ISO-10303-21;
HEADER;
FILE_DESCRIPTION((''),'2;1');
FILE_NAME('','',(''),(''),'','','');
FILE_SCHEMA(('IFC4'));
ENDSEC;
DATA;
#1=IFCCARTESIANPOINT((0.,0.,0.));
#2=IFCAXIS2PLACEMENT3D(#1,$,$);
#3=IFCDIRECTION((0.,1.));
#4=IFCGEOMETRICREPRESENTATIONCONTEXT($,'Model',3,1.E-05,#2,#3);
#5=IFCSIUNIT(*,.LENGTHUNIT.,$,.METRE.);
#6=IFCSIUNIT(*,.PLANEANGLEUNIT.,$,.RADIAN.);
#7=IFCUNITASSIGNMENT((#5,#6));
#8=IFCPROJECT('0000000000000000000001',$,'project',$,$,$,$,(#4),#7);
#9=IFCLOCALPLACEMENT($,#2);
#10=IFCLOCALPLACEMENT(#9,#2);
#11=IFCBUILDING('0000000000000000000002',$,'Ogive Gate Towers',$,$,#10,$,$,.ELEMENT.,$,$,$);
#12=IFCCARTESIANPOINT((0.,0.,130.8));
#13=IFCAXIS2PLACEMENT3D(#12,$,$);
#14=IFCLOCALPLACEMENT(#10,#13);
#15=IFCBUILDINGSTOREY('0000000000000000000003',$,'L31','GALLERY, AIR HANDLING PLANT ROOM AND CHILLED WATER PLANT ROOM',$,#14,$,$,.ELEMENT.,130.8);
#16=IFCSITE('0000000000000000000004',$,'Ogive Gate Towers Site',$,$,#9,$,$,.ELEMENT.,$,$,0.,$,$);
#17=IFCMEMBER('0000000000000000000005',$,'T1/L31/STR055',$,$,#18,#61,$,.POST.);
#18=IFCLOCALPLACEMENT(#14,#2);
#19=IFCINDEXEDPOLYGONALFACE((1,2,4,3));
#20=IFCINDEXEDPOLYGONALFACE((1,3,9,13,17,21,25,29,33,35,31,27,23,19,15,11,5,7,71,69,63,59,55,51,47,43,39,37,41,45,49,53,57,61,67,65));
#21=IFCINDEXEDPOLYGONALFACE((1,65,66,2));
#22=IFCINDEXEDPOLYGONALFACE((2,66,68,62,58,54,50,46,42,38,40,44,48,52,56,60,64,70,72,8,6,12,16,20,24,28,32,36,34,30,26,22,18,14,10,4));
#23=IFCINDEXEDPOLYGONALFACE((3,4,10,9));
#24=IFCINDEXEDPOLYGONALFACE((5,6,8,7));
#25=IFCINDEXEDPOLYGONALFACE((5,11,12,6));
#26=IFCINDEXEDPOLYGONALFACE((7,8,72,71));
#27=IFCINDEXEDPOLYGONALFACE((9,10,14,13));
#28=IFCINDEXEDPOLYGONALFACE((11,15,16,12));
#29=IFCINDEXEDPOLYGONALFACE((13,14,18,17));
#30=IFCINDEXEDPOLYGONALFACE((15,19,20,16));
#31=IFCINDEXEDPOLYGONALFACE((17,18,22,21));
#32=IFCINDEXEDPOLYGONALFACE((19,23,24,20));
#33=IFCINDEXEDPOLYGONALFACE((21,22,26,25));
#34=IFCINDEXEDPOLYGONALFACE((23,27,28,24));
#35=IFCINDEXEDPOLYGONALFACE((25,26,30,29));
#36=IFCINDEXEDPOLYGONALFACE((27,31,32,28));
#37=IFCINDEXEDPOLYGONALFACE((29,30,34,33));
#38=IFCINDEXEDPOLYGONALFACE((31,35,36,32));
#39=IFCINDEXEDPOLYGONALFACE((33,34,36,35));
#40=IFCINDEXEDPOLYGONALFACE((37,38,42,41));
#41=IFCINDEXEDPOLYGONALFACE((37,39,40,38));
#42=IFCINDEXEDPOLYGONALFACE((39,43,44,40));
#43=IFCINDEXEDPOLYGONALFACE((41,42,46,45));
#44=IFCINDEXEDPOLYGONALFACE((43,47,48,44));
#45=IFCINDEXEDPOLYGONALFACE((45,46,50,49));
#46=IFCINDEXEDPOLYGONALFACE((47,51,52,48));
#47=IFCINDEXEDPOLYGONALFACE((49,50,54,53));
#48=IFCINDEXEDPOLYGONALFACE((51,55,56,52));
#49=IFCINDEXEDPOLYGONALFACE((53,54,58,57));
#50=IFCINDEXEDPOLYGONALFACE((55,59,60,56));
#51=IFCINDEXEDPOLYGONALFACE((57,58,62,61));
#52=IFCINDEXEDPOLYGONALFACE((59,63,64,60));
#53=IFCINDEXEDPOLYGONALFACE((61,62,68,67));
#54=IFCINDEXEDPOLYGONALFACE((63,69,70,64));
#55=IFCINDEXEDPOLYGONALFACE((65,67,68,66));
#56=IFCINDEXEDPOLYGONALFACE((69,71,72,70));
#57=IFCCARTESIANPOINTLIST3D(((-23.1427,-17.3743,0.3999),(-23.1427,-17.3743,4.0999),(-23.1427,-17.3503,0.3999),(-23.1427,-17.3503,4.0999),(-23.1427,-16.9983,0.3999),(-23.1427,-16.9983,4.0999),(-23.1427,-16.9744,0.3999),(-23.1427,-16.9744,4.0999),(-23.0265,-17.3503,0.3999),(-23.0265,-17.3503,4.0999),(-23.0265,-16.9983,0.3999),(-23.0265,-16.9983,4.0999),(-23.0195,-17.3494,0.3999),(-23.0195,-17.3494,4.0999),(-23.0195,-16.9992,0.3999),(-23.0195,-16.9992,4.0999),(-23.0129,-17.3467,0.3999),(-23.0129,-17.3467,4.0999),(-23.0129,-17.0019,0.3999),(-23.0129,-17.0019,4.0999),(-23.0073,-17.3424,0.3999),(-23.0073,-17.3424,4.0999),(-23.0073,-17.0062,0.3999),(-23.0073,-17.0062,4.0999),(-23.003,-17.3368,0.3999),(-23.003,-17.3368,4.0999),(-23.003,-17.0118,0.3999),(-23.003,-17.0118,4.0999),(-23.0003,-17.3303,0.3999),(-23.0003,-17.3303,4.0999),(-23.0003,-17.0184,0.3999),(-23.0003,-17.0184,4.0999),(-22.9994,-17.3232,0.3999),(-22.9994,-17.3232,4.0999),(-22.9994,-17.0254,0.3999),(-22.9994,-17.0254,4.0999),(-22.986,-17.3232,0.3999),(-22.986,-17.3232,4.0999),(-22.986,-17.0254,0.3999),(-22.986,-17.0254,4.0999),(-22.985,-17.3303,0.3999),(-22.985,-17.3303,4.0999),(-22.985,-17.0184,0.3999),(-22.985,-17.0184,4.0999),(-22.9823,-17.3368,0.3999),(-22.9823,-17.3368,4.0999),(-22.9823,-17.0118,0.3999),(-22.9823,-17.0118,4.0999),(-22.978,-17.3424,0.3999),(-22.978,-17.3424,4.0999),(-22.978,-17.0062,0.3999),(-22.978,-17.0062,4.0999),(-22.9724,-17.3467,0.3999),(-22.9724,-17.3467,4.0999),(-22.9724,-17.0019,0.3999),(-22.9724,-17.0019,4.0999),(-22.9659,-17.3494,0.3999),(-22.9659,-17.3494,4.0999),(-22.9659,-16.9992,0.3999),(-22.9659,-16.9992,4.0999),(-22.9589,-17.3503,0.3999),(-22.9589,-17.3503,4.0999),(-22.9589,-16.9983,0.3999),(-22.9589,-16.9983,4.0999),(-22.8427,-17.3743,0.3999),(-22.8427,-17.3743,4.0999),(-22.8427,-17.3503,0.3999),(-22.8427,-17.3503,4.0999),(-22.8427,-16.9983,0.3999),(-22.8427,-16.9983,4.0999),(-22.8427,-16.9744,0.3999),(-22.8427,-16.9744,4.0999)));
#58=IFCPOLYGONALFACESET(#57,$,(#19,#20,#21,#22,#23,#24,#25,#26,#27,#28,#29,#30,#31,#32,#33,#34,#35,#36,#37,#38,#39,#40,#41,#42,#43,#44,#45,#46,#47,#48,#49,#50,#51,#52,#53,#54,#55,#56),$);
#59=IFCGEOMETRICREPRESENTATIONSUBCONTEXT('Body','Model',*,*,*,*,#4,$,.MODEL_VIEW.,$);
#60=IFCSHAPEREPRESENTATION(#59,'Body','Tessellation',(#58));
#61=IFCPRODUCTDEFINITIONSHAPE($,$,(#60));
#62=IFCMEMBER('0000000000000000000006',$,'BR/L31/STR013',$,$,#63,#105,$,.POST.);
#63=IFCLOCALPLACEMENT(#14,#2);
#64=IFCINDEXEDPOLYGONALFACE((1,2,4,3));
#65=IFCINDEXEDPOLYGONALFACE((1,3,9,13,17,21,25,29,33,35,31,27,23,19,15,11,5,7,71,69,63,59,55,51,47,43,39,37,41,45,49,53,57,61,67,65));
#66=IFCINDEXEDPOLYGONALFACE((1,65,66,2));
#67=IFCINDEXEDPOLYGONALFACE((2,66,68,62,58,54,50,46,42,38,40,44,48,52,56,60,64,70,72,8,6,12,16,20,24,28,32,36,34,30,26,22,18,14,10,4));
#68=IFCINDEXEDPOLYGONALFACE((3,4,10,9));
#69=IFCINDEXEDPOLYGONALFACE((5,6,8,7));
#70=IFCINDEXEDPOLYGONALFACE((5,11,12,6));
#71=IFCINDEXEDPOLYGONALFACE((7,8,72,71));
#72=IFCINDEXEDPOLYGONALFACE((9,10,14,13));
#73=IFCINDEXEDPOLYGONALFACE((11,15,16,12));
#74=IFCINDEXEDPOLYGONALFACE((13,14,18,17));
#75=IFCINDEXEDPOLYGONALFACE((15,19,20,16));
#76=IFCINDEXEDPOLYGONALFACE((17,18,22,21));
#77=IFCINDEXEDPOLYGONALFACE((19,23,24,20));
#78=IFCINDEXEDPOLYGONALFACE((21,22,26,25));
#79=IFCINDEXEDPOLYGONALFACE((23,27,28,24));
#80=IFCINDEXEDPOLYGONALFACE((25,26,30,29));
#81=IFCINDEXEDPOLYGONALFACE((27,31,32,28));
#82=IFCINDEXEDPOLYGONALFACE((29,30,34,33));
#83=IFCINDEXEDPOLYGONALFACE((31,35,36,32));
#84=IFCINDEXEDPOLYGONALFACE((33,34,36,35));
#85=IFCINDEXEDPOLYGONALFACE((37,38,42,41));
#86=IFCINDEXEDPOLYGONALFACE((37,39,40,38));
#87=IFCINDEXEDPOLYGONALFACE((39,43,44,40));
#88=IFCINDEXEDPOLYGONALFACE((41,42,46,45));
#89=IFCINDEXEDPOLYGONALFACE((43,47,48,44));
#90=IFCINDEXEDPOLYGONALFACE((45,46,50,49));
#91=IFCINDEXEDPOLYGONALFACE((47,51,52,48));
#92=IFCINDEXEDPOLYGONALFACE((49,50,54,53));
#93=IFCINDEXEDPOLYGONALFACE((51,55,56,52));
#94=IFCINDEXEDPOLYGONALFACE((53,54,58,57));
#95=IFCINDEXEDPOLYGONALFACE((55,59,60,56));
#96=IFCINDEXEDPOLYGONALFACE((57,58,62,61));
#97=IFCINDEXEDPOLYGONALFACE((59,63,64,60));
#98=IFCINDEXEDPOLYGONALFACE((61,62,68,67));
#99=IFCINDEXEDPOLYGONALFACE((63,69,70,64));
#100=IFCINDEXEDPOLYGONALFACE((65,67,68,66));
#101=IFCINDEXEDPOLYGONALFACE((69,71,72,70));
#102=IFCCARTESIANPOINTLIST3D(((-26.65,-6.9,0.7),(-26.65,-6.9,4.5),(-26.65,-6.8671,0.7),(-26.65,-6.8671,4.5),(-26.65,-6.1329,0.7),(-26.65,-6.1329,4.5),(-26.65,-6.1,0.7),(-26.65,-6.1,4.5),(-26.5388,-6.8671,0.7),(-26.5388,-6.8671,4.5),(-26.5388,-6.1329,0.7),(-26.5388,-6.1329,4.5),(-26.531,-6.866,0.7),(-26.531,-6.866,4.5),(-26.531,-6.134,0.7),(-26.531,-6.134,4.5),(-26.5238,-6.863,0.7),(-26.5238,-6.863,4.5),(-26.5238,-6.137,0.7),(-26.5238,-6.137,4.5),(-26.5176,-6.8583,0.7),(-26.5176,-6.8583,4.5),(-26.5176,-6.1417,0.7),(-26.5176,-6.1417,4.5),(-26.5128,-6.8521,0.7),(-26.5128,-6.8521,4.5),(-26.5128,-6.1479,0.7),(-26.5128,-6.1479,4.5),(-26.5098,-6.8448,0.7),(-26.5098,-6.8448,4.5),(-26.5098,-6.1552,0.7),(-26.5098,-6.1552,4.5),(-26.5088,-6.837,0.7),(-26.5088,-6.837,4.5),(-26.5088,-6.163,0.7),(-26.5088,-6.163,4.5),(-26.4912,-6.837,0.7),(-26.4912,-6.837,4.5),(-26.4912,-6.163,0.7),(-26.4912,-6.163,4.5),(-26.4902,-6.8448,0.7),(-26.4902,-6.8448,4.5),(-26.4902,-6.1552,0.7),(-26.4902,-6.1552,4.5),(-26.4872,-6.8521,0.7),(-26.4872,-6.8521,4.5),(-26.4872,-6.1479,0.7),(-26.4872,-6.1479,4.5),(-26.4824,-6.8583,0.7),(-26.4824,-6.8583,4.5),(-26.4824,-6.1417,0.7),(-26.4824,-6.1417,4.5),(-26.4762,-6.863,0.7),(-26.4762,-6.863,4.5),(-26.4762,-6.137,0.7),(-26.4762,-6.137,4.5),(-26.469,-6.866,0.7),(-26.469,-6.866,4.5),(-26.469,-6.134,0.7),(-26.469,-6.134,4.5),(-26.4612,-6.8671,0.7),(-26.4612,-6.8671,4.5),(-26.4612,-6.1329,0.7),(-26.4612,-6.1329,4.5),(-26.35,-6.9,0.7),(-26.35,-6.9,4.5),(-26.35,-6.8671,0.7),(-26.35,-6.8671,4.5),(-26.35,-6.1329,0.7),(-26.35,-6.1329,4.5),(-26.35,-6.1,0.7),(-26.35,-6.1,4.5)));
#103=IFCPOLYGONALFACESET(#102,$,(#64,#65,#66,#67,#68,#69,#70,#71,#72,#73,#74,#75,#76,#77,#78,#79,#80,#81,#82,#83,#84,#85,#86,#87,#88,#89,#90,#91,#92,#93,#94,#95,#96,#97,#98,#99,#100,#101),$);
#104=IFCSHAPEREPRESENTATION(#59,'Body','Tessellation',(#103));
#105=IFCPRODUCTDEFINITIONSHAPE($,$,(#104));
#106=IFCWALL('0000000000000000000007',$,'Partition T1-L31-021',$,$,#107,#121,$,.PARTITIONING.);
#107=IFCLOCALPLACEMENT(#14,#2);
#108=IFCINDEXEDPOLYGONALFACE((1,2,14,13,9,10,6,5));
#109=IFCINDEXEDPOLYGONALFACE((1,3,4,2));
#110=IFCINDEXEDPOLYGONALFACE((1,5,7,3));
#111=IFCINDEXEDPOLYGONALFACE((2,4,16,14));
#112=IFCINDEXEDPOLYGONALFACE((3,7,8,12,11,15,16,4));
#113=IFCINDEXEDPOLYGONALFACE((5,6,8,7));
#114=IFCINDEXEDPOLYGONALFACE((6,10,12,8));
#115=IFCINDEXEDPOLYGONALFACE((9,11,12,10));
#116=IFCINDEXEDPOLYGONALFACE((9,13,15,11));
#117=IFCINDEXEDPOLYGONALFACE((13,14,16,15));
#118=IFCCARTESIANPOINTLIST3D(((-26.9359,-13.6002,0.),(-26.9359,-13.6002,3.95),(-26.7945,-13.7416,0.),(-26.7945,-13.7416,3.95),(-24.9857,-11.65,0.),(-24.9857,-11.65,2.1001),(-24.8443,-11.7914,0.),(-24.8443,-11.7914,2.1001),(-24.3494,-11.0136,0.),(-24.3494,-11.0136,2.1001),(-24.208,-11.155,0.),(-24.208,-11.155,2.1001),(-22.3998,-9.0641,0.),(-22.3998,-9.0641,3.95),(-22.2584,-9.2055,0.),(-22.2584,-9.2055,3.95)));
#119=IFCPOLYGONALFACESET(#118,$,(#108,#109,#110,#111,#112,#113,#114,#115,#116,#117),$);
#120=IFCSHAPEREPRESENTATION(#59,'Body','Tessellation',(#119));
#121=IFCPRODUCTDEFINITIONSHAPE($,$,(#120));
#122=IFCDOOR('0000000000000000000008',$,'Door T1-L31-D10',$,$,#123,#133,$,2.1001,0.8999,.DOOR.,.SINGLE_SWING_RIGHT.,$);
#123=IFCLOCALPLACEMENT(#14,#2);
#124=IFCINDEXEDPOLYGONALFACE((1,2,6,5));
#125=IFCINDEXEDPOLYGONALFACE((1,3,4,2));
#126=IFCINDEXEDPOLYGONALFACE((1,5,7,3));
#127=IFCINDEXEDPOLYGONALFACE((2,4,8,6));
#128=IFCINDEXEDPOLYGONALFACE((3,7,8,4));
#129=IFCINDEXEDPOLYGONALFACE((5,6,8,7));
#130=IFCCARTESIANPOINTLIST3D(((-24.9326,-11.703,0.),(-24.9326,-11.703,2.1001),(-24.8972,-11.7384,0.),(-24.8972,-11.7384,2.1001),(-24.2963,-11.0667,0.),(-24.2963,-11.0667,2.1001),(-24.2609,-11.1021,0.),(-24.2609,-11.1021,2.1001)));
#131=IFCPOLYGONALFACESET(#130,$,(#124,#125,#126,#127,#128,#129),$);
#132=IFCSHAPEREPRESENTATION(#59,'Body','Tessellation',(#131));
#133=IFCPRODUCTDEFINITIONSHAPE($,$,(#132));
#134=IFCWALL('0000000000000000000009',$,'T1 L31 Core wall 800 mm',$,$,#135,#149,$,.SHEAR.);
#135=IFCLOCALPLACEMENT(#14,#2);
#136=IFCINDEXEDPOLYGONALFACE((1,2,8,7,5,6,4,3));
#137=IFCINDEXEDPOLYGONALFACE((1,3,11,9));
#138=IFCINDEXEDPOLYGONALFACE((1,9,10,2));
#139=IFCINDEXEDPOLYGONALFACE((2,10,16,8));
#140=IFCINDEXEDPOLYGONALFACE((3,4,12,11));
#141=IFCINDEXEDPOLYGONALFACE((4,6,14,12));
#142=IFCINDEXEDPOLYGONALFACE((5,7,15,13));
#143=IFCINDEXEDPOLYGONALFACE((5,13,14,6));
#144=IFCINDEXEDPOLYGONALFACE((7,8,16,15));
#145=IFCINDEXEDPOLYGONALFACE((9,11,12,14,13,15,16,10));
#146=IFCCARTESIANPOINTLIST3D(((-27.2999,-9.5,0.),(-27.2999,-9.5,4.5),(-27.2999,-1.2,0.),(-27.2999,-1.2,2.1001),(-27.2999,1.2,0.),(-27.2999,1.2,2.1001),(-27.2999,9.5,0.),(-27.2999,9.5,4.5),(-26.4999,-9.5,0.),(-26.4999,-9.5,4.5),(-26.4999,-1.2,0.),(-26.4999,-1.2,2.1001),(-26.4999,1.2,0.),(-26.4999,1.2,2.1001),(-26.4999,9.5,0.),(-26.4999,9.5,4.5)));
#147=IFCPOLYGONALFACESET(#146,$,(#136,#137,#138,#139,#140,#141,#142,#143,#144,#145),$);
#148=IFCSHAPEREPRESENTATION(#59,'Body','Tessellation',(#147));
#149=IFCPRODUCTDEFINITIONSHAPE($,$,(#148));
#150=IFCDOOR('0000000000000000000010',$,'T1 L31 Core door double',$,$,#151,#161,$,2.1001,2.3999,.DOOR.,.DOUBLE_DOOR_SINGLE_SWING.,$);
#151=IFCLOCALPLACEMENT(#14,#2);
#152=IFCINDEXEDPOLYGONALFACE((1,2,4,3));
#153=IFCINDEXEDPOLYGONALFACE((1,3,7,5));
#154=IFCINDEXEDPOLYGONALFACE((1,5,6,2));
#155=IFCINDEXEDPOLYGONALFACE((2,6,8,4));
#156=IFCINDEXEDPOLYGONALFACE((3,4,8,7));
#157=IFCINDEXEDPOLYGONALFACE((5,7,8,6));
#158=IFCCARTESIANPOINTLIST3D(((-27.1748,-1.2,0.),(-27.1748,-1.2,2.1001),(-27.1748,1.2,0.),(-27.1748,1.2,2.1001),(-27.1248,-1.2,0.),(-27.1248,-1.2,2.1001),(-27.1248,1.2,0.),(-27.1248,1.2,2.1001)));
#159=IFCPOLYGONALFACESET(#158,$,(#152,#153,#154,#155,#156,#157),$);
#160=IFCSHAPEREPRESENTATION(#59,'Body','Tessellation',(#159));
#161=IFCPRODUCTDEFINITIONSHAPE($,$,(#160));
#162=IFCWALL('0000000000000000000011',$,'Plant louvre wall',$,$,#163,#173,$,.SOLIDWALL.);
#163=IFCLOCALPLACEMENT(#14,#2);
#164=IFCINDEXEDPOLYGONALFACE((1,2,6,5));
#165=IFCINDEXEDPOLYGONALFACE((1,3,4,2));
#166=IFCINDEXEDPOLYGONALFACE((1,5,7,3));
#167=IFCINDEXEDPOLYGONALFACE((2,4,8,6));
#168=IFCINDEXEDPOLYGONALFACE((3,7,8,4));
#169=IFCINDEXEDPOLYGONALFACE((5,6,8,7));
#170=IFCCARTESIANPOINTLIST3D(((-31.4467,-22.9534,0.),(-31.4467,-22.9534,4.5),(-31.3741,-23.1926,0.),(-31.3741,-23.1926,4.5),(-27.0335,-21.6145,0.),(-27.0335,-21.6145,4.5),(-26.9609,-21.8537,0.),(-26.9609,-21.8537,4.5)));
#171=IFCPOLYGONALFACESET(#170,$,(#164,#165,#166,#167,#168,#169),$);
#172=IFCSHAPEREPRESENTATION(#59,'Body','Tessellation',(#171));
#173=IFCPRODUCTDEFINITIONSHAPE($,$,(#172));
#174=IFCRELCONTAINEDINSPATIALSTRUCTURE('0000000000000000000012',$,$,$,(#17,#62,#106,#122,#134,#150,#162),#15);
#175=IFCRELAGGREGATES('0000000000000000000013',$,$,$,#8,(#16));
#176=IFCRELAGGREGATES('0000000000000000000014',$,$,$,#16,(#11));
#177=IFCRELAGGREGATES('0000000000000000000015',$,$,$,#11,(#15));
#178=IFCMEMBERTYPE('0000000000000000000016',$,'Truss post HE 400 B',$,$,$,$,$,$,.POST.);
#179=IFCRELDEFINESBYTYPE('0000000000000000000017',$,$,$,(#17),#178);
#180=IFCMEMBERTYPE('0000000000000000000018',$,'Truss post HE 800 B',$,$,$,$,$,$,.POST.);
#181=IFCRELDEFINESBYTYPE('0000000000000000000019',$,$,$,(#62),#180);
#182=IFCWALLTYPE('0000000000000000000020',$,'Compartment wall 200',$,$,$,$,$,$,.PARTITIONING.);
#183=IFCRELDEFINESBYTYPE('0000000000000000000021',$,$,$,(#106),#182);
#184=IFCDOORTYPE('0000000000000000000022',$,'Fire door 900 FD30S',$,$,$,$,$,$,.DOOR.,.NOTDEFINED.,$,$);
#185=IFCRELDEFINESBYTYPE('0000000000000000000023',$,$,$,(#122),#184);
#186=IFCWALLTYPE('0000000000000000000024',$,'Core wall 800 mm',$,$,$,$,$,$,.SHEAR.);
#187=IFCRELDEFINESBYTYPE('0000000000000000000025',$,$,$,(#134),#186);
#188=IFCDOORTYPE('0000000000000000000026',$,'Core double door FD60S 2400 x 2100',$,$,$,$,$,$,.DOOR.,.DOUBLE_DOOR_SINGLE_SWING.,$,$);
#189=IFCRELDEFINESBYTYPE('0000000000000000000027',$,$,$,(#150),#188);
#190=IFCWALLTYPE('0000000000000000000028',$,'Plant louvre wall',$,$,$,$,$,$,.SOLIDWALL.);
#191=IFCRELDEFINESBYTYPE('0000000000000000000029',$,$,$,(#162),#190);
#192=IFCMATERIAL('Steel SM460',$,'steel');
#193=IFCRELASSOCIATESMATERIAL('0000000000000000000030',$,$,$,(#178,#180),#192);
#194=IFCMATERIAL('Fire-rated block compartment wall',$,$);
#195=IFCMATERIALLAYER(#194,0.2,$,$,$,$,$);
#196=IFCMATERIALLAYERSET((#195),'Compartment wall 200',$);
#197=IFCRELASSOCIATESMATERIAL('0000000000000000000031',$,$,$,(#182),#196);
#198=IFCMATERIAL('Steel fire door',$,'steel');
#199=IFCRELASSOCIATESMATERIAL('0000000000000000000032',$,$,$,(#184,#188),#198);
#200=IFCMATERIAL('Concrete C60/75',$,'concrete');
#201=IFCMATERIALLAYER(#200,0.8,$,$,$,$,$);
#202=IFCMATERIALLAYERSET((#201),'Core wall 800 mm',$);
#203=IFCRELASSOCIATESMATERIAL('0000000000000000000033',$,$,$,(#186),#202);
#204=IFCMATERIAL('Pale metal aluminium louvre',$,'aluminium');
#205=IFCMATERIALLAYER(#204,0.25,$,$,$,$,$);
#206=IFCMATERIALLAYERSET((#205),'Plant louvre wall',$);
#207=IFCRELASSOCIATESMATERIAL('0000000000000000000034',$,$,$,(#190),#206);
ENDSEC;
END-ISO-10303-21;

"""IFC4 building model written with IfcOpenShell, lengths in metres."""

from ifc_helpers import new_model, si_unit, direction, frame, frame_2d, origin, origin_2d, place, context, subcontext, project, spatial, rectangle, i_section, extrude, material, layer, layer_set, material_profile, profile_set, type_object, element, fill, save


model = new_model("IFC4")

# Units and contexts
model_context = context("Model", 3, precision=1e-05, world=origin(), true_north=direction((0.0, 1.0)))
body_context = subcontext(model_context, "Body", "Model", "MODEL_VIEW")
ifc_project = project(units=[si_unit("LENGTHUNIT", "METRE"), si_unit("PLANEANGLEUNIT", "RADIAN")], contexts=[model_context])

# Site, building, storey
site_placement = place(None, origin())
site = spatial("IfcSite", under=ifc_project, at=site_placement, Name="Ogive Gate Towers Site", CompositionType="ELEMENT", RefElevation=0.0)
building_placement = place(site_placement, origin())
building = spatial("IfcBuilding", under=site, at=building_placement, Name="Ogive Gate Towers", CompositionType="ELEMENT")
storey_placement = place(building_placement, frame((0.0, 0.0, 130.8)))
storey = spatial("IfcBuildingStorey", under=building, at=storey_placement, Name="L31", Description="GALLERY, AIR HANDLING PLANT ROOM AND CHILLED WATER PLANT ROOM", CompositionType="ELEMENT", Elevation=130.8)

# Shared definitions
ifc_material_1 = material(Name="Steel SM460", Category="steel")

# Members
ifc_material_profile_1 = material_profile(ifc_material_1, i_section(OverallWidth=0.3, OverallDepth=0.3999, WebThickness=0.0134, FlangeThickness=0.0239, FilletRadius=0.0271, at=origin_2d()), Name="HE 400 B")
ifc_profile_set_1 = profile_set([ifc_material_profile_1], Name="Steel SM460")
member_type_1 = type_object("IfcMemberType", Name="Truss post HE 400 B", PredefinedType="POST", material=ifc_profile_set_1)
for number, where, z_axis, x_axis, name in (
    (1, (-22.9927, -17.1743, 0.3999), (0.0, 0.0, 1.0), (1.0, 0.0, 0.0), "T1/L31/STR055"),
):
    element("IfcMember", number, at=place(storey_placement, frame(where, z_axis=z_axis, x_axis=x_axis)), inside=storey, type_object=member_type_1, Name=name, PredefinedType="POST", context=body_context, shape_type="SweptSolid", body=[
        extrude(i_section(OverallWidth=0.3, OverallDepth=0.3999, WebThickness=0.0134, FlangeThickness=0.0239, FilletRadius=0.0271, at=origin_2d()), origin(), (0.0, 0.0, 1.0), 3.7),
    ])
ifc_material_profile_2 = material_profile(ifc_material_1, i_section(OverallWidth=0.3, OverallDepth=0.8, WebThickness=0.0176, FlangeThickness=0.033, FilletRadius=0.03, at=origin_2d()), Name="HE 800 B")
ifc_profile_set_2 = profile_set([ifc_material_profile_2], Name="Steel SM460")
member_type_2 = type_object("IfcMemberType", Name="Truss post HE 800 B", PredefinedType="POST", material=ifc_profile_set_2)
member_1_placement = place(storey_placement, frame((-26.5, -6.5, 0.7), z_axis=(0.0, 0.0, 1.0), x_axis=(1.0, 0.0, 0.0)))
element("IfcMember", 2, at=member_1_placement, inside=storey, type_object=member_type_2, Name="BR/L31/STR013", PredefinedType="POST", context=body_context, shape_type="SweptSolid", body=[
    extrude(i_section(OverallWidth=0.3, OverallDepth=0.8, WebThickness=0.0176, FlangeThickness=0.033, FilletRadius=0.03, at=origin_2d()), origin(), (0.0, 0.0, 1.0), 3.8),
])

# Walls, openings, doors
ifc_material_2 = material(Name="Fire-rated block compartment wall")
ifc_layer_1 = layer(ifc_material_2, 0.2)
ifc_layer_set_1 = layer_set([ifc_layer_1], Name="Compartment wall 200")
wall_type_1 = type_object("IfcWallType", Name="Compartment wall 200", PredefinedType="PARTITIONING", material=ifc_layer_set_1)
wall_1_placement = place(storey_placement, frame((-26.8652, -13.6709, 0.0), z_axis=(0.0, 0.0, 1.0), x_axis=(0.707107, 0.707107, 0.0)))
wall_1 = element("IfcWall", 3, at=wall_1_placement, inside=storey, type_object=wall_type_1, Name="Partition T1-L31-021", PredefinedType="PARTITIONING", context=body_context, shape_type="SweptSolid", body=[
    extrude(rectangle(XDim=6.415, YDim=0.2, at=frame_2d((3.2075, 0.0))), origin(), (0.0, 0.0, 1.0), 3.95),
])
opening_1_placement = place(wall_1_placement, frame((2.7581, 0.0, 0.0)))
opening_1 = element("IfcOpeningElement", 4, at=opening_1_placement, cuts=wall_1, PredefinedType="OPENING", context=body_context, shape_type="SweptSolid", body=[
    extrude(rectangle(XDim=0.8999, YDim=2.1001, at=frame_2d((0.45, 1.05))), frame((0.0, 0.1099, 0.0), z_axis=(0.0, -1.0, 0.0), x_axis=(1.0, 0.0, 0.0)), (0.0, 0.0, 1.0), 0.22),
])
ifc_material_3 = material(Name="Steel fire door", Category="steel")
door_type_1 = type_object("IfcDoorType", Name="Fire door 900 FD30S", OperationType="NOTDEFINED", PredefinedType="DOOR", material=ifc_material_3)
door_1_placement = place(opening_1_placement, origin())
door_1 = element("IfcDoor", 5, at=door_1_placement, inside=storey, type_object=door_type_1, Name="Door T1-L31-D10", OperationType="SINGLE_SWING_RIGHT", OverallHeight=2.1001, OverallWidth=0.8999, PredefinedType="DOOR", context=body_context, shape_type="SweptSolid", body=[
    extrude(rectangle(XDim=0.8999, YDim=2.1001, at=frame_2d((0.45, 1.05))), frame((0.0, 0.0249, 0.0), z_axis=(0.0, -1.0, 0.0), x_axis=(1.0, 0.0, 0.0)), (0.0, 0.0, 1.0), 0.05),
])
fill(opening_1, door_1)
ifc_material_4 = material(Name="Concrete C60/75", Category="concrete")
ifc_layer_2 = layer(ifc_material_4, 0.8)
ifc_layer_set_2 = layer_set([ifc_layer_2], Name="Core wall 800 mm")
wall_type_2 = type_object("IfcWallType", Name="Core wall 800 mm", PredefinedType="SHEAR", material=ifc_layer_set_2)
wall_2_placement = place(storey_placement, frame((-26.8999, -9.5, 0.0), z_axis=(0.0, 0.0, 1.0), x_axis=(0.0, 1.0, 0.0)))
wall_2 = element("IfcWall", 6, at=wall_2_placement, inside=storey, type_object=wall_type_2, Name="T1 L31 Core wall 800 mm", PredefinedType="SHEAR", context=body_context, shape_type="SweptSolid", body=[
    extrude(rectangle(XDim=19.0, YDim=0.8, at=frame_2d((9.5, 0.0))), origin(), (0.0, 0.0, 1.0), 4.5),
])
opening_2_placement = place(wall_2_placement, frame((8.3, 0.0, 0.0)))
opening_2 = element("IfcOpeningElement", 7, at=opening_2_placement, cuts=wall_2, PredefinedType="OPENING", context=body_context, shape_type="SweptSolid", body=[
    extrude(rectangle(XDim=2.3999, YDim=2.1001, at=frame_2d((1.2, 1.05))), frame((0.0, 0.4102, 0.0), z_axis=(0.0, -1.0, 0.0), x_axis=(1.0, 0.0, 0.0)), (0.0, 0.0, 1.0), 0.8201),
])
door_type_2 = type_object("IfcDoorType", Name="Core double door FD60S 2400 x 2100", OperationType="DOUBLE_DOOR_SINGLE_SWING", PredefinedType="DOOR", material=ifc_material_3)
door_2_placement = place(opening_2_placement, origin())
door_2 = element("IfcDoor", 8, at=door_2_placement, inside=storey, type_object=door_type_2, Name="T1 L31 Core door double", OperationType="DOUBLE_DOOR_SINGLE_SWING", OverallHeight=2.1001, OverallWidth=2.3999, PredefinedType="DOOR", context=body_context, shape_type="SweptSolid", body=[
    extrude(rectangle(XDim=2.3999, YDim=2.1001, at=frame_2d((1.2, 1.05))), frame((0.0, 0.2749, 0.0), z_axis=(0.0, -1.0, 0.0), x_axis=(1.0, 0.0, 0.0)), (0.0, 0.0, 1.0), 0.05),
])
fill(opening_2, door_2)

# Wall
ifc_material_5 = material(Name="Pale metal aluminium louvre", Category="aluminium")
ifc_layer_3 = layer(ifc_material_5, 0.25)
ifc_layer_set_3 = layer_set([ifc_layer_3], Name="Plant louvre wall")
wall_type_3 = type_object("IfcWallType", Name="Plant louvre wall", PredefinedType="SOLIDWALL", material=ifc_layer_set_3)
wall_3_placement = place(storey_placement, frame((-31.4104, -23.073, 0.0), z_axis=(0.0, 0.0, 1.0), x_axis=(0.95693, 0.290319, 0.0)))
element("IfcWall", 9, at=wall_3_placement, inside=storey, type_object=wall_type_3, Name="Plant louvre wall", PredefinedType="SOLIDWALL", context=body_context, shape_type="SweptSolid", body=[
    extrude(rectangle(XDim=4.6118, YDim=0.25, at=frame_2d((2.3059, 0.0))), origin(), (0.0, 0.0, 1.0), 4.5),
])

save(model, "model.ifc")
